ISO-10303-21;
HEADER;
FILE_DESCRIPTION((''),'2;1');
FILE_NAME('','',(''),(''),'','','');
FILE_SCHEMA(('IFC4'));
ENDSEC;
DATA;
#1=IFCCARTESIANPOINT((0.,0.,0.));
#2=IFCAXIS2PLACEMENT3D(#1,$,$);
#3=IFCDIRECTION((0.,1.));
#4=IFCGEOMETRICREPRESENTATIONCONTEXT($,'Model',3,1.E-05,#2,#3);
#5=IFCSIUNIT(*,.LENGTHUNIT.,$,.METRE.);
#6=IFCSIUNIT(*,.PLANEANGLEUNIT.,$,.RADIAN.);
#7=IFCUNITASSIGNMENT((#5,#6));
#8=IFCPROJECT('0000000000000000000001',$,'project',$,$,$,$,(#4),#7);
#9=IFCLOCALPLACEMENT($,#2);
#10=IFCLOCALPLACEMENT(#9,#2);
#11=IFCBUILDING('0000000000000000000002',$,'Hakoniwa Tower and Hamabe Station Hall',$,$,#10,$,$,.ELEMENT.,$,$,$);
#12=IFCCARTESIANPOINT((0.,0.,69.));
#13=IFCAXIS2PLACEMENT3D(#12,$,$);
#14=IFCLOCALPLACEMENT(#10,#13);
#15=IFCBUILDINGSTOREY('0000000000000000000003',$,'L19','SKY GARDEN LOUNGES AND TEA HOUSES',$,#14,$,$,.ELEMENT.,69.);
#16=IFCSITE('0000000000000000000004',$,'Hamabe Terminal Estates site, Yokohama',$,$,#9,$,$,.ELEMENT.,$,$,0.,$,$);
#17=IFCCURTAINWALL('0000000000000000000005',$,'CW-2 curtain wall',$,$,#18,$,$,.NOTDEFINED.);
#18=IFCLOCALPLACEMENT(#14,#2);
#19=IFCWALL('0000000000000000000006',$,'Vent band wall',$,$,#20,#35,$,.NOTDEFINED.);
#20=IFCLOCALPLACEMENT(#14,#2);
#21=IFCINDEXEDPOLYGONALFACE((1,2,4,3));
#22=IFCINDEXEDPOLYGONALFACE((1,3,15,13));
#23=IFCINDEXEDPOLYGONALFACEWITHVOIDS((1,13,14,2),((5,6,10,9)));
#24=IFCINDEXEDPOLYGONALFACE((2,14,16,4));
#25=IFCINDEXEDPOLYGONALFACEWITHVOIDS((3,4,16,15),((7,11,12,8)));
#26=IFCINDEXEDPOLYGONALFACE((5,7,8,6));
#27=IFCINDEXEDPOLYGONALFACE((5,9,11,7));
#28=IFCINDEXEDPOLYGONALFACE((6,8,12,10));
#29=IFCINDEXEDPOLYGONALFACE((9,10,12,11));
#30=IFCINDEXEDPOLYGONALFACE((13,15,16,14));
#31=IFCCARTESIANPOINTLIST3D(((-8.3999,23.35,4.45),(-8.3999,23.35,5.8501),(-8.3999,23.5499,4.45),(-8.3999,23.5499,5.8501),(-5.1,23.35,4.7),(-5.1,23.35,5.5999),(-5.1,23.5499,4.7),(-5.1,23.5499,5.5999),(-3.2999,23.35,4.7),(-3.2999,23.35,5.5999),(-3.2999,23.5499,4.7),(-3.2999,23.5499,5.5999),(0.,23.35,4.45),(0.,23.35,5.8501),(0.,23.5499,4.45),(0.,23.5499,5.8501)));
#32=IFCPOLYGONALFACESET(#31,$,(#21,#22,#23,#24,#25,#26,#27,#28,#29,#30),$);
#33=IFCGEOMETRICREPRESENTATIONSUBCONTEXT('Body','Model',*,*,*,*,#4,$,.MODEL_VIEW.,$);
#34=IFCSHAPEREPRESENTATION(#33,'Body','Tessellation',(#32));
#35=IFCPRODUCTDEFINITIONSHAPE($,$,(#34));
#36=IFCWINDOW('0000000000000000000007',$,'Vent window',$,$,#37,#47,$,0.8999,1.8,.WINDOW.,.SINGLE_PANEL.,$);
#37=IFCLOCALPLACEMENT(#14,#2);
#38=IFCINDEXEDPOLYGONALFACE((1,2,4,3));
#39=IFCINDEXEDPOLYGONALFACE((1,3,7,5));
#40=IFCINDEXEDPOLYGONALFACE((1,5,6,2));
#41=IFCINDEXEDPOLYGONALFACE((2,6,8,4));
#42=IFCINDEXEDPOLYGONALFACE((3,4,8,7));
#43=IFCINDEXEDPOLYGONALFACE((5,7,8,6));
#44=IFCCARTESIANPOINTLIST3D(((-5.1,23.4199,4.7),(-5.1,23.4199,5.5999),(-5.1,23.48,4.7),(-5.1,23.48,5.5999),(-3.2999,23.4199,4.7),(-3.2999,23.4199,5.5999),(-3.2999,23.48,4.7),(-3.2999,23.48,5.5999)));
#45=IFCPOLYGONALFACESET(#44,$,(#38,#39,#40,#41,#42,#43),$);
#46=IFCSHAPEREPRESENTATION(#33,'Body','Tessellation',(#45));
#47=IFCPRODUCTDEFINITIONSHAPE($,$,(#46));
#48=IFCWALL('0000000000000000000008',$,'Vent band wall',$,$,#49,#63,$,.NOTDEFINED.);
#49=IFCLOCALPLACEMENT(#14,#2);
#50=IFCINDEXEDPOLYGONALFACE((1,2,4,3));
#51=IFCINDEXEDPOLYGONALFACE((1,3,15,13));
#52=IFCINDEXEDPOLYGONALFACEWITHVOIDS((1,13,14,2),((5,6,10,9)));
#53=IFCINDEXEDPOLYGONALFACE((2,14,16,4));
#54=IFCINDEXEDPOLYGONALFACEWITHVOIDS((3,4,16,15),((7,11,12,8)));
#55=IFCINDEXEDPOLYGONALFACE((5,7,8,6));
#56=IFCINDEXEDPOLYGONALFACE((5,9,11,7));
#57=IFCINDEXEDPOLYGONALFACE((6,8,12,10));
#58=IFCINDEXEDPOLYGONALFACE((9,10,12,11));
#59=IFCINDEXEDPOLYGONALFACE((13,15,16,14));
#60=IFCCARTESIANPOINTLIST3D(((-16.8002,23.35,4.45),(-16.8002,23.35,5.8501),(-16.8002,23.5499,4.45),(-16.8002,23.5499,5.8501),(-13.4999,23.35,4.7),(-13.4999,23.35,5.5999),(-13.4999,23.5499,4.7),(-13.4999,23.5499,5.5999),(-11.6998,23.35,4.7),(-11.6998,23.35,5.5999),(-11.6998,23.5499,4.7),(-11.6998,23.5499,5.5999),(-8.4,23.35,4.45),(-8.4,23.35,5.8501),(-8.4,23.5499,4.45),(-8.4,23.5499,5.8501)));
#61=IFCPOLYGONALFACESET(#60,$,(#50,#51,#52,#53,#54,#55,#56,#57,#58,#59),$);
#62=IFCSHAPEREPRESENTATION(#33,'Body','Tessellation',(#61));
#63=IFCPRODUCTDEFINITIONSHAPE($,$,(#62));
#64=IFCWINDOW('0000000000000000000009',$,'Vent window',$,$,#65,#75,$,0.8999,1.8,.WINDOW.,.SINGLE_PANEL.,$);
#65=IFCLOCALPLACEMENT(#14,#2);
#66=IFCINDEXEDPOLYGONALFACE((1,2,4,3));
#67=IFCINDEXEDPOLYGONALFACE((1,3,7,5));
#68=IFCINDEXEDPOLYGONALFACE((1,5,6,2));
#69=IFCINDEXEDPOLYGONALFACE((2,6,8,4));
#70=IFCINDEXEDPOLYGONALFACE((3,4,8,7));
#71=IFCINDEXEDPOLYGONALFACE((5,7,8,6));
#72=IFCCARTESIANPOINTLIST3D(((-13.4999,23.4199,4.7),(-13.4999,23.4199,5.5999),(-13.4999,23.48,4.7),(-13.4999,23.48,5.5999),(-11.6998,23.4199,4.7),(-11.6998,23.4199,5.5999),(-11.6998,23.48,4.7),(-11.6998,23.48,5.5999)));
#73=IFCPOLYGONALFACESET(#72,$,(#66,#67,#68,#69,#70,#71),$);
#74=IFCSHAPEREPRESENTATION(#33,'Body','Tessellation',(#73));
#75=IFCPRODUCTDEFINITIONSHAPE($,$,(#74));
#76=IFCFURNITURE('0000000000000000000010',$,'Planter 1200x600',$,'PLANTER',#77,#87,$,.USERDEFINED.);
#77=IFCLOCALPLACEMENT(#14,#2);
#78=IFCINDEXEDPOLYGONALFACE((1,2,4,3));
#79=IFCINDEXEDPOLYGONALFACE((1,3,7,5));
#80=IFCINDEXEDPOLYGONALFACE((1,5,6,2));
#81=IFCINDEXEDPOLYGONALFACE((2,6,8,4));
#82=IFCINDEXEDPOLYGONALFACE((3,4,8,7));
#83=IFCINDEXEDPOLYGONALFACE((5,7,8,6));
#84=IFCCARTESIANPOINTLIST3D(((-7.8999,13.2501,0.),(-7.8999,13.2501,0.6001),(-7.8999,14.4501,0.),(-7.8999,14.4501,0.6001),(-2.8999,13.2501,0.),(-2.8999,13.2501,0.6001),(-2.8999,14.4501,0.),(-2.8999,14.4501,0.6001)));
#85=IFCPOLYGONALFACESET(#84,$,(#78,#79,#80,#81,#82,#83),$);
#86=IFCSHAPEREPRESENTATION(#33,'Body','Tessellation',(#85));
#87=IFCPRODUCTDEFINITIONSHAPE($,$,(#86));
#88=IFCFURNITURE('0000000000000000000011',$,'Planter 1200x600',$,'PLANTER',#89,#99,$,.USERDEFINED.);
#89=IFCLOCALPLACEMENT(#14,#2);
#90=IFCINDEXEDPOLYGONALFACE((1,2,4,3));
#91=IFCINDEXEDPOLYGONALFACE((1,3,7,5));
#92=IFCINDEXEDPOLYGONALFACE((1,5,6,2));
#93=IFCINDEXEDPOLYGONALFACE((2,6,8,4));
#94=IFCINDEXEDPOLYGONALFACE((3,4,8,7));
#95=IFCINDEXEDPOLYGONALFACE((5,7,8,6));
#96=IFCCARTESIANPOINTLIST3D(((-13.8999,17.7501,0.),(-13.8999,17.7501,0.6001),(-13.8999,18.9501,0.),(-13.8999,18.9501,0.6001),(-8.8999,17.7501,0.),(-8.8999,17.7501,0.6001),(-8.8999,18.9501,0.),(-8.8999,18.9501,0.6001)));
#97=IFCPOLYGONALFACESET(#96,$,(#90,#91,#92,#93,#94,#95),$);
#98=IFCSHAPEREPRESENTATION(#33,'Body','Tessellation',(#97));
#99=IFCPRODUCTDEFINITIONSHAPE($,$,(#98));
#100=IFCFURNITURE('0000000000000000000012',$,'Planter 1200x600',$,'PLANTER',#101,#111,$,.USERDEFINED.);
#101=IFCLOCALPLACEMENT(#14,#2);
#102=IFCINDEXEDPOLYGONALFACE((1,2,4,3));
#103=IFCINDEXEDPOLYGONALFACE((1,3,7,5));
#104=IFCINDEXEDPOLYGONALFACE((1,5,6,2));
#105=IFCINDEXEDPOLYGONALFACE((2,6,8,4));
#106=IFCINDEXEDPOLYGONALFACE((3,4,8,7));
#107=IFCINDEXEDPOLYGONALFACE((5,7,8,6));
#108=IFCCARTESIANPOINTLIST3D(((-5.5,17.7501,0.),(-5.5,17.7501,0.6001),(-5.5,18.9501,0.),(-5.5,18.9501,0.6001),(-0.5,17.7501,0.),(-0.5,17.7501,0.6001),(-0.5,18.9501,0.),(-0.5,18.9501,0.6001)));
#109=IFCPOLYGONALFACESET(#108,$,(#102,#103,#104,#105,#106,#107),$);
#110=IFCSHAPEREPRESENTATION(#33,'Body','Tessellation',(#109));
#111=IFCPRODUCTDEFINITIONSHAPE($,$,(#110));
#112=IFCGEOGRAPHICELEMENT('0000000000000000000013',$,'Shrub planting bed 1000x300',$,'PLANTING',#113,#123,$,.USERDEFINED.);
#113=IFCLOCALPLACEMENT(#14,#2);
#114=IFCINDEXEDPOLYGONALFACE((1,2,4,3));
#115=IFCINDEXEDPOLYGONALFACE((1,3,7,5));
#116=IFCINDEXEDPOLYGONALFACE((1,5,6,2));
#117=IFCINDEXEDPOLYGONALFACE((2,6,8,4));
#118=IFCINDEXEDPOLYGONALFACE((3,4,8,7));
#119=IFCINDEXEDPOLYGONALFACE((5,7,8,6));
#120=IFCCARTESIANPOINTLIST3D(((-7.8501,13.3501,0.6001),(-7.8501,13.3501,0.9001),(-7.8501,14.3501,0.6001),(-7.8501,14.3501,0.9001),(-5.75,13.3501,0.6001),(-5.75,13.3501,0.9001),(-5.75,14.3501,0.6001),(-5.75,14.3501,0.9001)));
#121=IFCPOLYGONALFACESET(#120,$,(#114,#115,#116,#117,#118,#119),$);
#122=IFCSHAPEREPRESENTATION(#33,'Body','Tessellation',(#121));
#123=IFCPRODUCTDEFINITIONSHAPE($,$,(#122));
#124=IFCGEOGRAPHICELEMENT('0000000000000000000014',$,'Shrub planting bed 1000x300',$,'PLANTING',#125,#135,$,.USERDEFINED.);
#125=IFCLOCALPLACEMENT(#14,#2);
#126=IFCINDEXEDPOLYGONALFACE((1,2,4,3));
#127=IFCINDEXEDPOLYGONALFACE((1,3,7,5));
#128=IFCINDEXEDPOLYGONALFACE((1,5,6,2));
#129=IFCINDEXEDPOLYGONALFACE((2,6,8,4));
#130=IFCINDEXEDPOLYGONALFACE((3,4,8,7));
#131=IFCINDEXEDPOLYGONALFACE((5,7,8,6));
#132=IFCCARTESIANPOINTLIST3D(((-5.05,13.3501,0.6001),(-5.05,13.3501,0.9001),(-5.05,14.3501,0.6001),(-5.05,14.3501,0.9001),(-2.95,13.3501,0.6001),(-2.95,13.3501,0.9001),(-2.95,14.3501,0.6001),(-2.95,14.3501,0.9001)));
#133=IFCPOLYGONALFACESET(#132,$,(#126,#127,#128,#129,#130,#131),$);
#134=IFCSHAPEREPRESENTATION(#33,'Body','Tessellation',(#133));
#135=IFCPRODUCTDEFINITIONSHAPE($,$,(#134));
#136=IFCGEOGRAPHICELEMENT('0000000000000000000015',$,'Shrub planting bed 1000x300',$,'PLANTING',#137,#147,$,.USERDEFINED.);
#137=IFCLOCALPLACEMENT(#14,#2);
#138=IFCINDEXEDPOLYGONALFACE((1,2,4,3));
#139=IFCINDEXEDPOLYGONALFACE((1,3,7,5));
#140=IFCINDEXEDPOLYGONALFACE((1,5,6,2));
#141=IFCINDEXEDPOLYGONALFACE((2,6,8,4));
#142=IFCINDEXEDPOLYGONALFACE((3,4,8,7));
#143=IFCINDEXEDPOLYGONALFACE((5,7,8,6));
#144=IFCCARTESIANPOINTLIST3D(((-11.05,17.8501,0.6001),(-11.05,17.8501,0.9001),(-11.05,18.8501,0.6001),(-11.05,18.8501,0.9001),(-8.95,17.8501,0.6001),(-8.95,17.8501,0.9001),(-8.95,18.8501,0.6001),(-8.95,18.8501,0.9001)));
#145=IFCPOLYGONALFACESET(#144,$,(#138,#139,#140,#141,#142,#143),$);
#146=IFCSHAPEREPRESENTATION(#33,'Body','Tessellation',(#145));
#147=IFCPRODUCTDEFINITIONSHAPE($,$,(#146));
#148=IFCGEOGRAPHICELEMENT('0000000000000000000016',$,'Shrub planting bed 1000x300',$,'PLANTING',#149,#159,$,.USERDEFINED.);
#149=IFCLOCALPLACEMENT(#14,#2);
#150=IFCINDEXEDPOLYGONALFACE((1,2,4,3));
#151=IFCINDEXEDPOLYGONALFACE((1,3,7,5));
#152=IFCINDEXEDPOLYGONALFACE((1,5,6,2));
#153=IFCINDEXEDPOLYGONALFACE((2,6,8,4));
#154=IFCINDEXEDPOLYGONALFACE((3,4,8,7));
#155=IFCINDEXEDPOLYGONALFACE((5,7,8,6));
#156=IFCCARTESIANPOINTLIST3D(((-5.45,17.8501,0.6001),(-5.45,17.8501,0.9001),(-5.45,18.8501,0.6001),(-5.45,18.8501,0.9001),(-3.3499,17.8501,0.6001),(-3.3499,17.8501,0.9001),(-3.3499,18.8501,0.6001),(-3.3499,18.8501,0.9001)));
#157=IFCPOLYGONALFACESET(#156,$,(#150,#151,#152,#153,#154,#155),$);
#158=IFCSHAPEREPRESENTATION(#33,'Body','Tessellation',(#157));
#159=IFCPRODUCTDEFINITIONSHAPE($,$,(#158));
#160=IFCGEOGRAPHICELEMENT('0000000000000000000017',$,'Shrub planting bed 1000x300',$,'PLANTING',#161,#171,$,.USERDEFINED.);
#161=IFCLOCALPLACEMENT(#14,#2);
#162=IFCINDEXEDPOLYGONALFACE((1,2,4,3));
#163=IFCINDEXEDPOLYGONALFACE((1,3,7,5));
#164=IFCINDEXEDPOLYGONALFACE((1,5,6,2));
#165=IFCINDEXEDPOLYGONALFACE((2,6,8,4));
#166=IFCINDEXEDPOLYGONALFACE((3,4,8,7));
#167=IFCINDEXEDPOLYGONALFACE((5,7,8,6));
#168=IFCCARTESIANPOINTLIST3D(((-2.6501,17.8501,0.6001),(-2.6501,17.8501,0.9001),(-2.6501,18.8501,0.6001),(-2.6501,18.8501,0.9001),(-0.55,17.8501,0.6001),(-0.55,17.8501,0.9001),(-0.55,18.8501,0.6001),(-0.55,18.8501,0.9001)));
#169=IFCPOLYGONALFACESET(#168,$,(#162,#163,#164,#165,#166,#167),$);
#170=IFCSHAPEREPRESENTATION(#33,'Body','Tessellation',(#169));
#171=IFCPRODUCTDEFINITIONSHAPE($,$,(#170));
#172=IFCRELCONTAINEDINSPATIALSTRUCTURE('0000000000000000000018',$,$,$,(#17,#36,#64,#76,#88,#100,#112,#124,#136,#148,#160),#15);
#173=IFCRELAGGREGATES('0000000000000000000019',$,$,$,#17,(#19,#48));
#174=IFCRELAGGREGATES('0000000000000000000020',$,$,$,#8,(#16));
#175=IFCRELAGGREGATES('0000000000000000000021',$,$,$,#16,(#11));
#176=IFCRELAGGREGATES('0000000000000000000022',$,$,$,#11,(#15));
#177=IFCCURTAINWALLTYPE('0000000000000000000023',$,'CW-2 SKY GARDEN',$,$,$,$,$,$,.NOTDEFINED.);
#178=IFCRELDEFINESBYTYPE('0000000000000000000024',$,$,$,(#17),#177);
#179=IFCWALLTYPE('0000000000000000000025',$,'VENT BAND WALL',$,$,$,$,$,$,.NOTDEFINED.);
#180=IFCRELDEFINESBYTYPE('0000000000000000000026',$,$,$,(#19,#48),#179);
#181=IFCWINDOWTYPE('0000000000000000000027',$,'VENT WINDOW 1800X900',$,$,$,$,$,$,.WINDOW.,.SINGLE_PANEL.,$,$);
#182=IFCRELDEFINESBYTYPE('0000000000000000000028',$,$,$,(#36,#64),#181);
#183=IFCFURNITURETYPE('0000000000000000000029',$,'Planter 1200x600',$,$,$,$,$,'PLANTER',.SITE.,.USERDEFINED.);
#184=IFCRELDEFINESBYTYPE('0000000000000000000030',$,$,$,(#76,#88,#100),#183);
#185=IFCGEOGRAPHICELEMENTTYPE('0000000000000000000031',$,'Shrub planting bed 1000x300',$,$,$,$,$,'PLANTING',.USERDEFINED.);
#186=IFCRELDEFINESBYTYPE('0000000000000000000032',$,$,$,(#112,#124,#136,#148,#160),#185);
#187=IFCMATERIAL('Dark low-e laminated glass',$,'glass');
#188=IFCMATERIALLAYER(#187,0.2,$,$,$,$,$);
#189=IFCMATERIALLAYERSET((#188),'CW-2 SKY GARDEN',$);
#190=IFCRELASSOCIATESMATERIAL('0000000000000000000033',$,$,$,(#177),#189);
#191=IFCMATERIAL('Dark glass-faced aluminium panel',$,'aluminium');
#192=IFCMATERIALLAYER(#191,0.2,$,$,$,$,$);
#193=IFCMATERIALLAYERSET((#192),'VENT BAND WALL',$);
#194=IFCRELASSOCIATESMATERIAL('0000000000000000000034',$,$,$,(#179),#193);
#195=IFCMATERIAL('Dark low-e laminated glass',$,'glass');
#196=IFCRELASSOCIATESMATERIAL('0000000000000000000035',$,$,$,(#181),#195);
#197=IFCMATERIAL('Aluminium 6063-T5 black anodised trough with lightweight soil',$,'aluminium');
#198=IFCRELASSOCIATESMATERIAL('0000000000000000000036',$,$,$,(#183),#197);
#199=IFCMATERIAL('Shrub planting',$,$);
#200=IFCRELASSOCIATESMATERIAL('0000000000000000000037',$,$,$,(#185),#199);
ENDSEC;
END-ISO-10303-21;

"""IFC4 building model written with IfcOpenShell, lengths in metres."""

from ifc_helpers import new_model, si_unit, direction, frame, frame_2d, origin, origin_2d, place, context, subcontext, project, spatial, rectangle, extrude, material, layer, layer_set, type_object, element, fill, aggregate, save


model = new_model("IFC4")

# Units and contexts
model_context = context("Model", 3, precision=1e-05, world=origin(), true_north=direction((0.0, 1.0)))
body_context = subcontext(model_context, "Body", "Model", "MODEL_VIEW")
ifc_project = project(units=[si_unit("LENGTHUNIT", "METRE"), si_unit("PLANEANGLEUNIT", "RADIAN")], contexts=[model_context])

# Site, building, storey
site_placement = place(None, origin())
site = spatial("IfcSite", under=ifc_project, at=site_placement, Name="Hamabe Terminal Estates site, Yokohama", CompositionType="ELEMENT", RefElevation=0.0)
building_placement = place(site_placement, origin())
building = spatial("IfcBuilding", under=site, at=building_placement, Name="Hakoniwa Tower and Hamabe Station Hall", CompositionType="ELEMENT")
storey_placement = place(building_placement, frame((0.0, 0.0, 69.0)))
storey = spatial("IfcBuildingStorey", under=building, at=storey_placement, Name="L19", Description="SKY GARDEN LOUNGES AND TEA HOUSES", CompositionType="ELEMENT", Elevation=69.0)

# Curtain wall
ifc_material_1 = material(Name="Dark low-e laminated glass", Category="glass")
ifc_layer_1 = layer(ifc_material_1, 0.2)
ifc_layer_set_1 = layer_set([ifc_layer_1], Name="CW-2 SKY GARDEN")
curtain_wall_type = type_object("IfcCurtainWallType", Name="CW-2 SKY GARDEN", PredefinedType="NOTDEFINED", material=ifc_layer_set_1)
curtain_wall_1_placement = place(storey_placement, origin())
curtain_wall_1 = element("IfcCurtainWall", 1, at=curtain_wall_1_placement, inside=storey, type_object=curtain_wall_type, Name="CW-2 curtain wall", PredefinedType="NOTDEFINED")

# Walls, openings, windows
ifc_material_2 = material(Name="Dark glass-faced aluminium panel", Category="aluminium")
ifc_layer_2 = layer(ifc_material_2, 0.2)
ifc_layer_set_2 = layer_set([ifc_layer_2], Name="VENT BAND WALL")
wall_type = type_object("IfcWallType", Name="VENT BAND WALL", PredefinedType="NOTDEFINED", material=ifc_layer_set_2)
wall_1_placement = place(storey_placement, frame((0.0, 23.45, 4.45), z_axis=(0.0, 0.0, 1.0), x_axis=(-1.0, 0.0, 0.0)))
wall_1 = element("IfcWall", 2, at=wall_1_placement, type_object=wall_type, Name="Vent band wall", PredefinedType="NOTDEFINED", context=body_context, shape_type="SweptSolid", body=[
    extrude(rectangle(XDim=8.3999, YDim=0.2, at=frame_2d((4.2, 0.0))), origin(), (0.0, 0.0, 1.0), 1.4001),
])
opening_1_placement = place(wall_1_placement, frame((3.3, 0.0, 0.25)))
opening_1 = element("IfcOpeningElement", 3, at=opening_1_placement, cuts=wall_1, PredefinedType="OPENING", context=body_context, shape_type="SweptSolid", body=[
    extrude(rectangle(XDim=1.8, YDim=0.8999, at=frame_2d((0.8999, 0.45))), frame((0.0, 0.1099, 0.0), z_axis=(0.0, -1.0, 0.0), x_axis=(1.0, 0.0, 0.0)), (0.0, 0.0, 1.0), 0.22),
])
ifc_material_3 = material(Name="Dark low-e laminated glass", Category="glass")
window_type = type_object("IfcWindowType", Name="VENT WINDOW 1800X900", PartitioningType="SINGLE_PANEL", PredefinedType="WINDOW", material=ifc_material_3)
window_1_placement = place(opening_1_placement, origin())
window_1 = element("IfcWindow", 4, at=window_1_placement, inside=storey, type_object=window_type, Name="Vent window", OverallHeight=0.8999, OverallWidth=1.8, PartitioningType="SINGLE_PANEL", PredefinedType="WINDOW", context=body_context, shape_type="SweptSolid", body=[
    extrude(rectangle(XDim=1.8, YDim=0.8999, at=frame_2d((0.8999, 0.45))), frame((0.0, 0.03, 0.0), z_axis=(0.0, -1.0, 0.0), x_axis=(1.0, 0.0, 0.0)), (0.0, 0.0, 1.0), 0.0601),
])
fill(opening_1, window_1)
wall_2_placement = place(storey_placement, frame((-8.3999, 23.45, 4.45), z_axis=(0.0, 0.0, 1.0), x_axis=(-1.0, 0.0, 0.0)))
wall_2 = element("IfcWall", 5, at=wall_2_placement, type_object=wall_type, Name="Vent band wall", PredefinedType="NOTDEFINED", context=body_context, shape_type="SweptSolid", body=[
    extrude(rectangle(XDim=8.4001, YDim=0.2, at=frame_2d((4.2002, 0.0))), origin(), (0.0, 0.0, 1.0), 1.4001),
])
opening_2_placement = place(wall_2_placement, frame((3.3, 0.0, 0.25)))
opening_2 = element("IfcOpeningElement", 6, at=opening_2_placement, cuts=wall_2, PredefinedType="OPENING", context=body_context, shape_type="SweptSolid", body=[
    extrude(rectangle(XDim=1.8, YDim=0.8999, at=frame_2d((0.8999, 0.45))), frame((0.0, 0.1099, 0.0), z_axis=(0.0, -1.0, 0.0), x_axis=(1.0, 0.0, 0.0)), (0.0, 0.0, 1.0), 0.22),
])
window_2_placement = place(opening_2_placement, origin())
window_2 = element("IfcWindow", 7, at=window_2_placement, inside=storey, type_object=window_type, Name="Vent window", OverallHeight=0.8999, OverallWidth=1.8, PartitioningType="SINGLE_PANEL", PredefinedType="WINDOW", context=body_context, shape_type="SweptSolid", body=[
    extrude(rectangle(XDim=1.8, YDim=0.8999, at=frame_2d((0.8999, 0.45))), frame((0.0, 0.03, 0.0), z_axis=(0.0, -1.0, 0.0), x_axis=(1.0, 0.0, 0.0)), (0.0, 0.0, 1.0), 0.0601),
])
fill(opening_2, window_2)
aggregate(curtain_wall_1, [wall_1, wall_2])

# Furniture
ifc_material_4 = material(Name="Aluminium 6063-T5 black anodised trough with lightweight soil", Category="aluminium")
furniture_type = type_object("IfcFurnitureType", Name="Planter 1200x600", ElementType="PLANTER", AssemblyPlace="SITE", PredefinedType="USERDEFINED", material=ifc_material_4)
for number, where, z_axis, x_axis, name in (
    (8, (-5.3999, 13.8501, 0.0), (0.0, 0.0, 1.0), (1.0, 0.0, 0.0), "Planter 1200x600"),
    (9, (-11.3999, 18.3501, 0.0), (0.0, 0.0, 1.0), (1.0, 0.0, 0.0), "Planter 1200x600"),
    (10, (-3.0, 18.3501, 0.0), (0.0, 0.0, 1.0), (1.0, 0.0, 0.0), "Planter 1200x600"),
):
    element("IfcFurniture", number, at=place(storey_placement, frame(where, z_axis=z_axis, x_axis=x_axis)), inside=storey, type_object=furniture_type, Name=name, ObjectType="PLANTER", PredefinedType="USERDEFINED", context=body_context, shape_type="SweptSolid", body=[
        extrude(rectangle(XDim=5.0, YDim=1.2, at=origin_2d()), origin(), (0.0, 0.0, 1.0), 0.6001),
    ])

# Geographic elements
ifc_material_5 = material(Name="Shrub planting")
geographic_element_type = type_object("IfcGeographicElementType", Name="Shrub planting bed 1000x300", ElementType="PLANTING", PredefinedType="USERDEFINED", material=ifc_material_5)
for number, where, z_axis, x_axis, name in (
    (11, (-6.8, 13.8501, 0.6001), (0.0, 0.0, 1.0), (1.0, 0.0, 0.0), "Shrub planting bed 1000x300"),
    (12, (-4.0, 13.8501, 0.6001), (0.0, 0.0, 1.0), (1.0, 0.0, 0.0), "Shrub planting bed 1000x300"),
    (13, (-10.0, 18.3501, 0.6001), (0.0, 0.0, 1.0), (1.0, 0.0, 0.0), "Shrub planting bed 1000x300"),
    (14, (-4.3999, 18.3501, 0.6001), (0.0, 0.0, 1.0), (1.0, 0.0, 0.0), "Shrub planting bed 1000x300"),
    (15, (-1.6001, 18.3501, 0.6001), (0.0, 0.0, 1.0), (1.0, 0.0, 0.0), "Shrub planting bed 1000x300"),
):
    element("IfcGeographicElement", number, at=place(storey_placement, frame(where, z_axis=z_axis, x_axis=x_axis)), inside=storey, type_object=geographic_element_type, Name=name, ObjectType="PLANTING", PredefinedType="USERDEFINED", context=body_context, shape_type="SweptSolid", body=[
        extrude(rectangle(XDim=2.1001, YDim=1.0, at=origin_2d()), origin(), (0.0, 0.0, 1.0), 0.3),
    ])

save(model, "model.ifc")
